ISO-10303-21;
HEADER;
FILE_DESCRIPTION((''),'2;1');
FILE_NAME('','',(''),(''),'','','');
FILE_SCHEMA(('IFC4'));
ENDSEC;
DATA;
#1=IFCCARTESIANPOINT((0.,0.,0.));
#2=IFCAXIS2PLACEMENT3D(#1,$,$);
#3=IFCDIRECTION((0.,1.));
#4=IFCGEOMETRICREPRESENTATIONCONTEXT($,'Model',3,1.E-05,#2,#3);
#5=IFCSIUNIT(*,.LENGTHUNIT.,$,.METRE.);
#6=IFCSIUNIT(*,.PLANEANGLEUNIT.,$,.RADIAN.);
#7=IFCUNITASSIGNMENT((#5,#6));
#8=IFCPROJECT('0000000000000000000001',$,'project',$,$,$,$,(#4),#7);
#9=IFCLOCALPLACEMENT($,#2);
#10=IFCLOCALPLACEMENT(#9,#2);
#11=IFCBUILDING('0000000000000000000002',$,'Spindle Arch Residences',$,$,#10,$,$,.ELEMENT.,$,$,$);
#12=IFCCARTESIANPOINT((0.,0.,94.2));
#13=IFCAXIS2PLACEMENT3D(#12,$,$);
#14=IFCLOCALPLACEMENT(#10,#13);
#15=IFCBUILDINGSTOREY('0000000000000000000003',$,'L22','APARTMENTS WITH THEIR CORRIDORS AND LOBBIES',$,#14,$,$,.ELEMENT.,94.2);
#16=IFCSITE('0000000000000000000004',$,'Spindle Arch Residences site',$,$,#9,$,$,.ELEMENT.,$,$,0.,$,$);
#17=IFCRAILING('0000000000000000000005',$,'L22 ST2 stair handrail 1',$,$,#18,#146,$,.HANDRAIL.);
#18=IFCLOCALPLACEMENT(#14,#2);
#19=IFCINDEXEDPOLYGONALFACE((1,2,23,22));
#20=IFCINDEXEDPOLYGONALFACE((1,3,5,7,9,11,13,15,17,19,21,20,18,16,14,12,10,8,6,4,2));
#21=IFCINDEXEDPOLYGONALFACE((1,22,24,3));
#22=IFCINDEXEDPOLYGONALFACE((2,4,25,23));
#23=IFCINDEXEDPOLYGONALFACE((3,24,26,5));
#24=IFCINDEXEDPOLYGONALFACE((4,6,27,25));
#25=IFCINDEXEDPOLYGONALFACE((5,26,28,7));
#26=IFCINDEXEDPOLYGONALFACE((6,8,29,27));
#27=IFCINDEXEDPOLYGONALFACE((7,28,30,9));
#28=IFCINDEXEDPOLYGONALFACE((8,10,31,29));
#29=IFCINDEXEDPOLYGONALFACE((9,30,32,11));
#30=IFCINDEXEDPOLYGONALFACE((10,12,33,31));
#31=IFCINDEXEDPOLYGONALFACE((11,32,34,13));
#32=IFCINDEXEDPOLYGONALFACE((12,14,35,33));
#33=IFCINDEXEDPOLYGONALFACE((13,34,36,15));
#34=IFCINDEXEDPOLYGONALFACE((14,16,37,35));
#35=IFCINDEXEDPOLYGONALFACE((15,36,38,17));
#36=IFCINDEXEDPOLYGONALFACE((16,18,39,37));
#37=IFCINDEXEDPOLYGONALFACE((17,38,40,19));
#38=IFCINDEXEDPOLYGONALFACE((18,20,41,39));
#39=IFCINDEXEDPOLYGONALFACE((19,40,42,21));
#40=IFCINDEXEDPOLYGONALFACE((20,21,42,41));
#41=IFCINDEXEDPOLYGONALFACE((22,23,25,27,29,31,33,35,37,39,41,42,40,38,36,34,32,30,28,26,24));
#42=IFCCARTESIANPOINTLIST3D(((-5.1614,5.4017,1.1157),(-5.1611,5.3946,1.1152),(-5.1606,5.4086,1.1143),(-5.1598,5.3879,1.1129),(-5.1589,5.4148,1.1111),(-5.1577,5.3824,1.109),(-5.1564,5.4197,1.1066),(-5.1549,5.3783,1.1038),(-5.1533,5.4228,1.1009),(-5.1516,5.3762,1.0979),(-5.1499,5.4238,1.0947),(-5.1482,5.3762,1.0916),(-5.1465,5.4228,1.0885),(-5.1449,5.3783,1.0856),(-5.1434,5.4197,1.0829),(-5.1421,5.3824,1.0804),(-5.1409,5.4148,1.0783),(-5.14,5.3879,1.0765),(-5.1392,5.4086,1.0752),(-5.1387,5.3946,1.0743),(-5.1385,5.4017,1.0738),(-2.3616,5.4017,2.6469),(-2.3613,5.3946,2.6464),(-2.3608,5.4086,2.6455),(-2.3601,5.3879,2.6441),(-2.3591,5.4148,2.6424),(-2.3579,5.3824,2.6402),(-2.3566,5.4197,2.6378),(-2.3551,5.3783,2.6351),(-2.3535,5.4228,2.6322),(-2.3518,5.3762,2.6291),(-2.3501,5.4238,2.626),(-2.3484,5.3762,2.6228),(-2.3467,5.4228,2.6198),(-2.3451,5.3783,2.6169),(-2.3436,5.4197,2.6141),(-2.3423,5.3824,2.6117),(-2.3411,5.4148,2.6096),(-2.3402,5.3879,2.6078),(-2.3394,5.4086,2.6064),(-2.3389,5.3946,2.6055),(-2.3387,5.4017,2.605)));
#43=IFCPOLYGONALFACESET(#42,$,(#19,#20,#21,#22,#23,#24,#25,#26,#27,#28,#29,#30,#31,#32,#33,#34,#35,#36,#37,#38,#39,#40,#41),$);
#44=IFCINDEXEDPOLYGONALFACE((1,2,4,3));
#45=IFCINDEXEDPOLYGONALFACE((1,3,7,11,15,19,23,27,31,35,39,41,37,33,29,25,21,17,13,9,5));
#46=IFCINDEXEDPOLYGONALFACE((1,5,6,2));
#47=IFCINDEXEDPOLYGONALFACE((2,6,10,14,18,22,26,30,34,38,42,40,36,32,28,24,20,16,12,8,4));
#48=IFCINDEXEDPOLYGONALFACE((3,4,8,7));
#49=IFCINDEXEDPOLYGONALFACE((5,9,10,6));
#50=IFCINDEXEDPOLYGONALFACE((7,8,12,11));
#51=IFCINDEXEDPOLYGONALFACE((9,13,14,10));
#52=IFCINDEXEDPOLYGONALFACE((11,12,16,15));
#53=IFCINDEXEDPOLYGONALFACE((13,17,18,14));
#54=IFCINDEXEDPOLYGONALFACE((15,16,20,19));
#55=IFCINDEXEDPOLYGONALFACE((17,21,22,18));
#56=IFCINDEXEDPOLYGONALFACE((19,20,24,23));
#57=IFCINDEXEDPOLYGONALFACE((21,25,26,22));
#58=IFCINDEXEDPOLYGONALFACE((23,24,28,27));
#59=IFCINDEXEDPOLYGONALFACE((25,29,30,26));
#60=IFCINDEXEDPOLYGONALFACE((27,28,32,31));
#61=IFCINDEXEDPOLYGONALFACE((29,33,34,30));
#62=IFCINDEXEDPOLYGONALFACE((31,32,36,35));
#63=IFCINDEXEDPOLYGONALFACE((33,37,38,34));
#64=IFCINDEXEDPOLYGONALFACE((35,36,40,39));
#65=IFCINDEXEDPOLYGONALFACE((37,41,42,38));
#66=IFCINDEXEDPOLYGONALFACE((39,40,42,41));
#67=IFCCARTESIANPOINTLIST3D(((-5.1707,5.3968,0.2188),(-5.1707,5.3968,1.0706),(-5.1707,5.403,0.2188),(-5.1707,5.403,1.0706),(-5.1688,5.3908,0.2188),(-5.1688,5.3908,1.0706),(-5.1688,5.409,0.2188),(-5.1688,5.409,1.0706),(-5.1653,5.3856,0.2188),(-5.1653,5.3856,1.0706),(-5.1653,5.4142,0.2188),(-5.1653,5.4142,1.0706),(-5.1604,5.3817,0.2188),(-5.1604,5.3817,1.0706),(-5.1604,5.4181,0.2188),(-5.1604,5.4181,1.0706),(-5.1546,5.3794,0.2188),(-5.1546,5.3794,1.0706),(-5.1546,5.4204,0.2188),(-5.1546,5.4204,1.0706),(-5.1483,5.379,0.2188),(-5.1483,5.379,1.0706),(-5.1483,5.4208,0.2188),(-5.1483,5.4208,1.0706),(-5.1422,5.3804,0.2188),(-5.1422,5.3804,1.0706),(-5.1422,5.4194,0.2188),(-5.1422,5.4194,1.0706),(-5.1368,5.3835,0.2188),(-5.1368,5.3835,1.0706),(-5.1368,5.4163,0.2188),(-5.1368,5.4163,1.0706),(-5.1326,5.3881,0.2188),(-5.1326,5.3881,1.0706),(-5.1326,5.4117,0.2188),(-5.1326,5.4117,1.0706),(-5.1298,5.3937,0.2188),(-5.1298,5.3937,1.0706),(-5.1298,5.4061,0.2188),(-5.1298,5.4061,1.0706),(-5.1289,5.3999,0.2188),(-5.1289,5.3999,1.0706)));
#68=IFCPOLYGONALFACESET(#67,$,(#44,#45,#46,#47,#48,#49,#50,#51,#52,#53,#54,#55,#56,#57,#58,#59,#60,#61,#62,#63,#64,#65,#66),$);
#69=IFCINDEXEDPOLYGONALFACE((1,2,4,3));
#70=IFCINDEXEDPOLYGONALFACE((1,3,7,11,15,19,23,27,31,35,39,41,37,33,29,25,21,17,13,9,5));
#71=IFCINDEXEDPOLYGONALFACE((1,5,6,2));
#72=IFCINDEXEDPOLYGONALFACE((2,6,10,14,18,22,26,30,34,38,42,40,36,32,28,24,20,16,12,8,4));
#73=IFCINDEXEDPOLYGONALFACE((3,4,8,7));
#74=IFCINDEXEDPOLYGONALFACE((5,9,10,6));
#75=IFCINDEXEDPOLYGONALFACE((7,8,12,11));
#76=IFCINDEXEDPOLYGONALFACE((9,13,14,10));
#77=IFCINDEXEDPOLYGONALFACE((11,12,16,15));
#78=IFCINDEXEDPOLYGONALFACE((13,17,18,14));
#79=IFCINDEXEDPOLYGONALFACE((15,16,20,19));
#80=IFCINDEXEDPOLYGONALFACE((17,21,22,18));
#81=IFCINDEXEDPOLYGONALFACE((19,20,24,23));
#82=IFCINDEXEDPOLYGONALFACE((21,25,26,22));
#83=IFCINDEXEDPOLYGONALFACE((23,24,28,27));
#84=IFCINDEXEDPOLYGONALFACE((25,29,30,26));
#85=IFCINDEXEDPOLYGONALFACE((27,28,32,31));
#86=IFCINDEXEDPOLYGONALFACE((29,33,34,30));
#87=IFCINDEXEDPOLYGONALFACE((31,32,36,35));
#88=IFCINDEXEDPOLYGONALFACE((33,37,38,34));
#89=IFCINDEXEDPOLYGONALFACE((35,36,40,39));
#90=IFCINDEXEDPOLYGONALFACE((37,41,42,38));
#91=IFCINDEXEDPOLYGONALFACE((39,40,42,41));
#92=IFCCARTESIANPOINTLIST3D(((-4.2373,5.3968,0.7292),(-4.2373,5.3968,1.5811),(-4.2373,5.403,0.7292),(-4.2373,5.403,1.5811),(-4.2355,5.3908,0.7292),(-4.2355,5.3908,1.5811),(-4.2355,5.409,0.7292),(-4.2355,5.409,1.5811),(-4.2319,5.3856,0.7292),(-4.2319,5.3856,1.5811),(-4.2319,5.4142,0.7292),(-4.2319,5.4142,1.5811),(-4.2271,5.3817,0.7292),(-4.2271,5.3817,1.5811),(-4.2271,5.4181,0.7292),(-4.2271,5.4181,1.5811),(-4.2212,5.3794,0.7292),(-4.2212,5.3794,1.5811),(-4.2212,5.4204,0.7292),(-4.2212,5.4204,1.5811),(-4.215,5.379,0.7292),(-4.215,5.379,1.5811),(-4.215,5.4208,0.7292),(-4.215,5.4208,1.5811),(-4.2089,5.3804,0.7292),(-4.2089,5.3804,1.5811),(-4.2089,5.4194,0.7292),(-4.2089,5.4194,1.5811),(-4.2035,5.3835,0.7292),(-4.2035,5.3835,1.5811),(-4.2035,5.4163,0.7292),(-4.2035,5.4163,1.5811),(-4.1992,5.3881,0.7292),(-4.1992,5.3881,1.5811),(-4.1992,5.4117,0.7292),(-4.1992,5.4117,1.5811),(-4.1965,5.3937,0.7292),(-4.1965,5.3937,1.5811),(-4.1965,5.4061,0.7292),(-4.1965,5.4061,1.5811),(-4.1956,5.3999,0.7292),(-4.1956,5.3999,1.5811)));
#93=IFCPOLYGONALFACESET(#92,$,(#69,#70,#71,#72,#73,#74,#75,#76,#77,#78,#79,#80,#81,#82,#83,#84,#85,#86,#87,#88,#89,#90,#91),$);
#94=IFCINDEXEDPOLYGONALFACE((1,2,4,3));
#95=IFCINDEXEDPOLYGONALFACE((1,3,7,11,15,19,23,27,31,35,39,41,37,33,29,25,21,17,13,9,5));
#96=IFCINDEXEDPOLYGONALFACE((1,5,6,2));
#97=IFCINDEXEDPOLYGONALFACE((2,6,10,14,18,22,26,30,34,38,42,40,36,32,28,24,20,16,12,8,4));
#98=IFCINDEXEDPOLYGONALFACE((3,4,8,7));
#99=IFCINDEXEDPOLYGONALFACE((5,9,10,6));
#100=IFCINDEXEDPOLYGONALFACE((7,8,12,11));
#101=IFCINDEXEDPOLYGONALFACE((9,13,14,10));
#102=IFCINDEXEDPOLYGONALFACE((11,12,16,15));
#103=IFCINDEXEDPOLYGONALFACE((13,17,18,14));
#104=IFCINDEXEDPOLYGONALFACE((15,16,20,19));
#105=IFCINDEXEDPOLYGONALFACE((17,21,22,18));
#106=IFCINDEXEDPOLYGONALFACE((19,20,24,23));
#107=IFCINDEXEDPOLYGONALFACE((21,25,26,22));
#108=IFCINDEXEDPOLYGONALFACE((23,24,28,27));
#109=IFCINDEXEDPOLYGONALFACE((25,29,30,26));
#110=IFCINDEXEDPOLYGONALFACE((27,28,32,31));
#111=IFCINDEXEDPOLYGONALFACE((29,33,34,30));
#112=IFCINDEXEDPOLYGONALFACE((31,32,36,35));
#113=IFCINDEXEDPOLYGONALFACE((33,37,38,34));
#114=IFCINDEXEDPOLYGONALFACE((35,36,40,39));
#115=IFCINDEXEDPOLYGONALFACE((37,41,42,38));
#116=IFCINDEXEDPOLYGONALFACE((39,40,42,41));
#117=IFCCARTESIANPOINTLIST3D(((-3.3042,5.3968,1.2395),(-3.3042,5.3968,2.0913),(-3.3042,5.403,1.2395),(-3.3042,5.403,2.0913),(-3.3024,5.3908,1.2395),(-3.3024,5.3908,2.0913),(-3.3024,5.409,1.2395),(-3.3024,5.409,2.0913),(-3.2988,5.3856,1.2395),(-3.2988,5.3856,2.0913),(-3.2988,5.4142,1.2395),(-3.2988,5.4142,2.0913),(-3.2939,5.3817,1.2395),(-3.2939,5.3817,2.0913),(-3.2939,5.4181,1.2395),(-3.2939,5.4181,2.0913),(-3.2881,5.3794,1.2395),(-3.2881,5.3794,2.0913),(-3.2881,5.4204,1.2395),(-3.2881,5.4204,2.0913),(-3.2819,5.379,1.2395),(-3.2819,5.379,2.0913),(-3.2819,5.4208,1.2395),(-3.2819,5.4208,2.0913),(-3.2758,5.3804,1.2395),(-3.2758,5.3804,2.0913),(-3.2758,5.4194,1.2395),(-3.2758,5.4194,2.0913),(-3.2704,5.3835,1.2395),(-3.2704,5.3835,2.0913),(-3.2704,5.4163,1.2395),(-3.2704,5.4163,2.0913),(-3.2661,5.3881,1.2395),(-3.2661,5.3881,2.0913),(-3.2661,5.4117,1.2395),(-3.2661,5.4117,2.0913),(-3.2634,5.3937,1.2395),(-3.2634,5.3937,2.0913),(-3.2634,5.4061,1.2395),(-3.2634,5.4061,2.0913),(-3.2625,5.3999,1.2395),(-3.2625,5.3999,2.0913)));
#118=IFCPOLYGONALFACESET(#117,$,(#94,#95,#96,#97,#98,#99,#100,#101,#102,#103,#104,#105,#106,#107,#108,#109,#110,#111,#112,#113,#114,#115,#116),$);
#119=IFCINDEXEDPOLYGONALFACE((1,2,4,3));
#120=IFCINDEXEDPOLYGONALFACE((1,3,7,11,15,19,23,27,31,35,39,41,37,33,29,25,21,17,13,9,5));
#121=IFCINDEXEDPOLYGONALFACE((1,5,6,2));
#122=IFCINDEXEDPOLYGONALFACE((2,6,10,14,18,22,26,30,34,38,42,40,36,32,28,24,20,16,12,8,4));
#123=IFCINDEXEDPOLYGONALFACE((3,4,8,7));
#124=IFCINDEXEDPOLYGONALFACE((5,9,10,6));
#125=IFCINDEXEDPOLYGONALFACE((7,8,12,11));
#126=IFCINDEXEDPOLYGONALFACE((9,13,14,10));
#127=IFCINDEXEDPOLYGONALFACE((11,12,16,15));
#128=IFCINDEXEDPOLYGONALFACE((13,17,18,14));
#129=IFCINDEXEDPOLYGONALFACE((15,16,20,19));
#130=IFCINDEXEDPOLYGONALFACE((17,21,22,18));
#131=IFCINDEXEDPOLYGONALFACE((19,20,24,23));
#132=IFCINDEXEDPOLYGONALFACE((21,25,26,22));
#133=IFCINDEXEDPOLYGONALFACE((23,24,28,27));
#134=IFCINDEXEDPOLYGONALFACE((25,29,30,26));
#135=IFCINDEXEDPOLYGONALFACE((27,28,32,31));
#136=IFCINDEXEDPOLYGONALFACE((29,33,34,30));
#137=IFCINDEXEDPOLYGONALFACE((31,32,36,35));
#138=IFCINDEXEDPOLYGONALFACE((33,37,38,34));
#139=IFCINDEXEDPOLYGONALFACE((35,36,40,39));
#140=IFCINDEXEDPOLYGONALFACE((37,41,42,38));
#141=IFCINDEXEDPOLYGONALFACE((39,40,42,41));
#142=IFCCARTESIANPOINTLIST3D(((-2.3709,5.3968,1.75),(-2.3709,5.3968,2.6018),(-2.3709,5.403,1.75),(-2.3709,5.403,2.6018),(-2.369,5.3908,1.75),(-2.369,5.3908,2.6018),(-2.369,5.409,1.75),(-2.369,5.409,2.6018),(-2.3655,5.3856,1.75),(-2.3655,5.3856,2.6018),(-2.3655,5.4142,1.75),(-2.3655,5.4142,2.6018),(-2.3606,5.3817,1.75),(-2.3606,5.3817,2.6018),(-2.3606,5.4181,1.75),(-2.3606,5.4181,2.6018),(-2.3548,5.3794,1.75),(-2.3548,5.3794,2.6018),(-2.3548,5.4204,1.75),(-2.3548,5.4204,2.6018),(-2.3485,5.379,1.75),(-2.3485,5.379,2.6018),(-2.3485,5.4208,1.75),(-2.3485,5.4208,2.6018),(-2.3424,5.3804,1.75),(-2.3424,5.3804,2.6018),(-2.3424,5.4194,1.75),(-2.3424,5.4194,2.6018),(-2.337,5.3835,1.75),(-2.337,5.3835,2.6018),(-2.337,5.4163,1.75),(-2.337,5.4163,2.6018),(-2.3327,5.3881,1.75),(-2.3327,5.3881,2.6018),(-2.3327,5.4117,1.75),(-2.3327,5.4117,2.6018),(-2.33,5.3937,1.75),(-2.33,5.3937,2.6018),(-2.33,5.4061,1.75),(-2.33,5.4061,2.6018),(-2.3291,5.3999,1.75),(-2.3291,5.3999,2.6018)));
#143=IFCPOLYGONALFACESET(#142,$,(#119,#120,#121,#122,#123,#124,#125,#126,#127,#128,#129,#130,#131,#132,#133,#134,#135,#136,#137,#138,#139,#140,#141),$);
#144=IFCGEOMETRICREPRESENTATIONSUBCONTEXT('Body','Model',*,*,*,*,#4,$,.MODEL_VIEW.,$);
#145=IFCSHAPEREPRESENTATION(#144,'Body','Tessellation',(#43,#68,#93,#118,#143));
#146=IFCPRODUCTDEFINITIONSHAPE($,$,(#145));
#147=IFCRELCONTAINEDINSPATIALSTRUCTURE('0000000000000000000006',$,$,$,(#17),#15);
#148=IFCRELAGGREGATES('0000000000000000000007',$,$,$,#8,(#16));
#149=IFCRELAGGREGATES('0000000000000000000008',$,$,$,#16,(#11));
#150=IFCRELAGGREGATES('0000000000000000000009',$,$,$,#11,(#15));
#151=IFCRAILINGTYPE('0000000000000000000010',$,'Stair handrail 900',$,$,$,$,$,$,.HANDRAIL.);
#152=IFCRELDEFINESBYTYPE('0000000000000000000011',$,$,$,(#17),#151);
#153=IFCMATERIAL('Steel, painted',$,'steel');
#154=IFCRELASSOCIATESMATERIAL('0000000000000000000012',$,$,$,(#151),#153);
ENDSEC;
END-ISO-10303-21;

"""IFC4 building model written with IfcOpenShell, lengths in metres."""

from ifc_helpers import new_model, si_unit, direction, frame, origin, origin_2d, place, context, subcontext, project, spatial, circle, extrude, material, type_object, element, save


model = new_model("IFC4")

# Units and contexts
model_context = context("Model", 3, precision=1e-05, world=origin(), true_north=direction((0.0, 1.0)))
body_context = subcontext(model_context, "Body", "Model", "MODEL_VIEW")
ifc_project = project(units=[si_unit("LENGTHUNIT", "METRE"), si_unit("PLANEANGLEUNIT", "RADIAN")], contexts=[model_context])

# Site, building, storey
site_placement = place(None, origin())
site = spatial("IfcSite", under=ifc_project, at=site_placement, Name="Spindle Arch Residences site", CompositionType="ELEMENT", RefElevation=0.0)
building_placement = place(site_placement, origin())
building = spatial("IfcBuilding", under=site, at=building_placement, Name="Spindle Arch Residences", CompositionType="ELEMENT")
storey_placement = place(building_placement, frame((0.0, 0.0, 94.2)))
storey = spatial("IfcBuildingStorey", under=building, at=storey_placement, Name="L22", Description="APARTMENTS WITH THEIR CORRIDORS AND LOBBIES", CompositionType="ELEMENT", Elevation=94.2)

# Railing
ifc_material_1 = material(Name="Steel, painted", Category="steel")
railing_type_1 = type_object("IfcRailingType", Name="Stair handrail 900", PredefinedType="HANDRAIL", material=ifc_material_1)
railing_1_placement = place(storey_placement, frame((-5.1499, 5.3999, 0.2188)))
element("IfcRailing", 1, at=railing_1_placement, inside=storey, type_object=railing_type_1, Name="L22 ST2 stair handrail 1", PredefinedType="HANDRAIL", context=body_context, shape_type="SweptSolid", body=[
    extrude(circle(Radius=0.0239, at=origin_2d()), frame((0.0, 0.0, 0.876), z_axis=(0.877357, 0.0, 0.479838), x_axis=(0.0, 1.0, 0.0)), (0.0, 0.0, 1.0), 3.1912),
    extrude(circle(Radius=0.021, at=origin_2d()), origin(), (0.0, 0.0, 1.0), 0.8518),
    extrude(circle(Radius=0.021, at=origin_2d()), frame((0.9333, 0.0, 0.5105)), (0.0, 0.0, 1.0), 0.8518),
    extrude(circle(Radius=0.021, at=origin_2d()), frame((1.8665, 0.0, 1.0208)), (0.0, 0.0, 1.0), 0.8518),
    extrude(circle(Radius=0.021, at=origin_2d()), frame((2.7998, 0.0, 1.5312)), (0.0, 0.0, 1.0), 0.8518),
])

save(model, "model.ifc")
